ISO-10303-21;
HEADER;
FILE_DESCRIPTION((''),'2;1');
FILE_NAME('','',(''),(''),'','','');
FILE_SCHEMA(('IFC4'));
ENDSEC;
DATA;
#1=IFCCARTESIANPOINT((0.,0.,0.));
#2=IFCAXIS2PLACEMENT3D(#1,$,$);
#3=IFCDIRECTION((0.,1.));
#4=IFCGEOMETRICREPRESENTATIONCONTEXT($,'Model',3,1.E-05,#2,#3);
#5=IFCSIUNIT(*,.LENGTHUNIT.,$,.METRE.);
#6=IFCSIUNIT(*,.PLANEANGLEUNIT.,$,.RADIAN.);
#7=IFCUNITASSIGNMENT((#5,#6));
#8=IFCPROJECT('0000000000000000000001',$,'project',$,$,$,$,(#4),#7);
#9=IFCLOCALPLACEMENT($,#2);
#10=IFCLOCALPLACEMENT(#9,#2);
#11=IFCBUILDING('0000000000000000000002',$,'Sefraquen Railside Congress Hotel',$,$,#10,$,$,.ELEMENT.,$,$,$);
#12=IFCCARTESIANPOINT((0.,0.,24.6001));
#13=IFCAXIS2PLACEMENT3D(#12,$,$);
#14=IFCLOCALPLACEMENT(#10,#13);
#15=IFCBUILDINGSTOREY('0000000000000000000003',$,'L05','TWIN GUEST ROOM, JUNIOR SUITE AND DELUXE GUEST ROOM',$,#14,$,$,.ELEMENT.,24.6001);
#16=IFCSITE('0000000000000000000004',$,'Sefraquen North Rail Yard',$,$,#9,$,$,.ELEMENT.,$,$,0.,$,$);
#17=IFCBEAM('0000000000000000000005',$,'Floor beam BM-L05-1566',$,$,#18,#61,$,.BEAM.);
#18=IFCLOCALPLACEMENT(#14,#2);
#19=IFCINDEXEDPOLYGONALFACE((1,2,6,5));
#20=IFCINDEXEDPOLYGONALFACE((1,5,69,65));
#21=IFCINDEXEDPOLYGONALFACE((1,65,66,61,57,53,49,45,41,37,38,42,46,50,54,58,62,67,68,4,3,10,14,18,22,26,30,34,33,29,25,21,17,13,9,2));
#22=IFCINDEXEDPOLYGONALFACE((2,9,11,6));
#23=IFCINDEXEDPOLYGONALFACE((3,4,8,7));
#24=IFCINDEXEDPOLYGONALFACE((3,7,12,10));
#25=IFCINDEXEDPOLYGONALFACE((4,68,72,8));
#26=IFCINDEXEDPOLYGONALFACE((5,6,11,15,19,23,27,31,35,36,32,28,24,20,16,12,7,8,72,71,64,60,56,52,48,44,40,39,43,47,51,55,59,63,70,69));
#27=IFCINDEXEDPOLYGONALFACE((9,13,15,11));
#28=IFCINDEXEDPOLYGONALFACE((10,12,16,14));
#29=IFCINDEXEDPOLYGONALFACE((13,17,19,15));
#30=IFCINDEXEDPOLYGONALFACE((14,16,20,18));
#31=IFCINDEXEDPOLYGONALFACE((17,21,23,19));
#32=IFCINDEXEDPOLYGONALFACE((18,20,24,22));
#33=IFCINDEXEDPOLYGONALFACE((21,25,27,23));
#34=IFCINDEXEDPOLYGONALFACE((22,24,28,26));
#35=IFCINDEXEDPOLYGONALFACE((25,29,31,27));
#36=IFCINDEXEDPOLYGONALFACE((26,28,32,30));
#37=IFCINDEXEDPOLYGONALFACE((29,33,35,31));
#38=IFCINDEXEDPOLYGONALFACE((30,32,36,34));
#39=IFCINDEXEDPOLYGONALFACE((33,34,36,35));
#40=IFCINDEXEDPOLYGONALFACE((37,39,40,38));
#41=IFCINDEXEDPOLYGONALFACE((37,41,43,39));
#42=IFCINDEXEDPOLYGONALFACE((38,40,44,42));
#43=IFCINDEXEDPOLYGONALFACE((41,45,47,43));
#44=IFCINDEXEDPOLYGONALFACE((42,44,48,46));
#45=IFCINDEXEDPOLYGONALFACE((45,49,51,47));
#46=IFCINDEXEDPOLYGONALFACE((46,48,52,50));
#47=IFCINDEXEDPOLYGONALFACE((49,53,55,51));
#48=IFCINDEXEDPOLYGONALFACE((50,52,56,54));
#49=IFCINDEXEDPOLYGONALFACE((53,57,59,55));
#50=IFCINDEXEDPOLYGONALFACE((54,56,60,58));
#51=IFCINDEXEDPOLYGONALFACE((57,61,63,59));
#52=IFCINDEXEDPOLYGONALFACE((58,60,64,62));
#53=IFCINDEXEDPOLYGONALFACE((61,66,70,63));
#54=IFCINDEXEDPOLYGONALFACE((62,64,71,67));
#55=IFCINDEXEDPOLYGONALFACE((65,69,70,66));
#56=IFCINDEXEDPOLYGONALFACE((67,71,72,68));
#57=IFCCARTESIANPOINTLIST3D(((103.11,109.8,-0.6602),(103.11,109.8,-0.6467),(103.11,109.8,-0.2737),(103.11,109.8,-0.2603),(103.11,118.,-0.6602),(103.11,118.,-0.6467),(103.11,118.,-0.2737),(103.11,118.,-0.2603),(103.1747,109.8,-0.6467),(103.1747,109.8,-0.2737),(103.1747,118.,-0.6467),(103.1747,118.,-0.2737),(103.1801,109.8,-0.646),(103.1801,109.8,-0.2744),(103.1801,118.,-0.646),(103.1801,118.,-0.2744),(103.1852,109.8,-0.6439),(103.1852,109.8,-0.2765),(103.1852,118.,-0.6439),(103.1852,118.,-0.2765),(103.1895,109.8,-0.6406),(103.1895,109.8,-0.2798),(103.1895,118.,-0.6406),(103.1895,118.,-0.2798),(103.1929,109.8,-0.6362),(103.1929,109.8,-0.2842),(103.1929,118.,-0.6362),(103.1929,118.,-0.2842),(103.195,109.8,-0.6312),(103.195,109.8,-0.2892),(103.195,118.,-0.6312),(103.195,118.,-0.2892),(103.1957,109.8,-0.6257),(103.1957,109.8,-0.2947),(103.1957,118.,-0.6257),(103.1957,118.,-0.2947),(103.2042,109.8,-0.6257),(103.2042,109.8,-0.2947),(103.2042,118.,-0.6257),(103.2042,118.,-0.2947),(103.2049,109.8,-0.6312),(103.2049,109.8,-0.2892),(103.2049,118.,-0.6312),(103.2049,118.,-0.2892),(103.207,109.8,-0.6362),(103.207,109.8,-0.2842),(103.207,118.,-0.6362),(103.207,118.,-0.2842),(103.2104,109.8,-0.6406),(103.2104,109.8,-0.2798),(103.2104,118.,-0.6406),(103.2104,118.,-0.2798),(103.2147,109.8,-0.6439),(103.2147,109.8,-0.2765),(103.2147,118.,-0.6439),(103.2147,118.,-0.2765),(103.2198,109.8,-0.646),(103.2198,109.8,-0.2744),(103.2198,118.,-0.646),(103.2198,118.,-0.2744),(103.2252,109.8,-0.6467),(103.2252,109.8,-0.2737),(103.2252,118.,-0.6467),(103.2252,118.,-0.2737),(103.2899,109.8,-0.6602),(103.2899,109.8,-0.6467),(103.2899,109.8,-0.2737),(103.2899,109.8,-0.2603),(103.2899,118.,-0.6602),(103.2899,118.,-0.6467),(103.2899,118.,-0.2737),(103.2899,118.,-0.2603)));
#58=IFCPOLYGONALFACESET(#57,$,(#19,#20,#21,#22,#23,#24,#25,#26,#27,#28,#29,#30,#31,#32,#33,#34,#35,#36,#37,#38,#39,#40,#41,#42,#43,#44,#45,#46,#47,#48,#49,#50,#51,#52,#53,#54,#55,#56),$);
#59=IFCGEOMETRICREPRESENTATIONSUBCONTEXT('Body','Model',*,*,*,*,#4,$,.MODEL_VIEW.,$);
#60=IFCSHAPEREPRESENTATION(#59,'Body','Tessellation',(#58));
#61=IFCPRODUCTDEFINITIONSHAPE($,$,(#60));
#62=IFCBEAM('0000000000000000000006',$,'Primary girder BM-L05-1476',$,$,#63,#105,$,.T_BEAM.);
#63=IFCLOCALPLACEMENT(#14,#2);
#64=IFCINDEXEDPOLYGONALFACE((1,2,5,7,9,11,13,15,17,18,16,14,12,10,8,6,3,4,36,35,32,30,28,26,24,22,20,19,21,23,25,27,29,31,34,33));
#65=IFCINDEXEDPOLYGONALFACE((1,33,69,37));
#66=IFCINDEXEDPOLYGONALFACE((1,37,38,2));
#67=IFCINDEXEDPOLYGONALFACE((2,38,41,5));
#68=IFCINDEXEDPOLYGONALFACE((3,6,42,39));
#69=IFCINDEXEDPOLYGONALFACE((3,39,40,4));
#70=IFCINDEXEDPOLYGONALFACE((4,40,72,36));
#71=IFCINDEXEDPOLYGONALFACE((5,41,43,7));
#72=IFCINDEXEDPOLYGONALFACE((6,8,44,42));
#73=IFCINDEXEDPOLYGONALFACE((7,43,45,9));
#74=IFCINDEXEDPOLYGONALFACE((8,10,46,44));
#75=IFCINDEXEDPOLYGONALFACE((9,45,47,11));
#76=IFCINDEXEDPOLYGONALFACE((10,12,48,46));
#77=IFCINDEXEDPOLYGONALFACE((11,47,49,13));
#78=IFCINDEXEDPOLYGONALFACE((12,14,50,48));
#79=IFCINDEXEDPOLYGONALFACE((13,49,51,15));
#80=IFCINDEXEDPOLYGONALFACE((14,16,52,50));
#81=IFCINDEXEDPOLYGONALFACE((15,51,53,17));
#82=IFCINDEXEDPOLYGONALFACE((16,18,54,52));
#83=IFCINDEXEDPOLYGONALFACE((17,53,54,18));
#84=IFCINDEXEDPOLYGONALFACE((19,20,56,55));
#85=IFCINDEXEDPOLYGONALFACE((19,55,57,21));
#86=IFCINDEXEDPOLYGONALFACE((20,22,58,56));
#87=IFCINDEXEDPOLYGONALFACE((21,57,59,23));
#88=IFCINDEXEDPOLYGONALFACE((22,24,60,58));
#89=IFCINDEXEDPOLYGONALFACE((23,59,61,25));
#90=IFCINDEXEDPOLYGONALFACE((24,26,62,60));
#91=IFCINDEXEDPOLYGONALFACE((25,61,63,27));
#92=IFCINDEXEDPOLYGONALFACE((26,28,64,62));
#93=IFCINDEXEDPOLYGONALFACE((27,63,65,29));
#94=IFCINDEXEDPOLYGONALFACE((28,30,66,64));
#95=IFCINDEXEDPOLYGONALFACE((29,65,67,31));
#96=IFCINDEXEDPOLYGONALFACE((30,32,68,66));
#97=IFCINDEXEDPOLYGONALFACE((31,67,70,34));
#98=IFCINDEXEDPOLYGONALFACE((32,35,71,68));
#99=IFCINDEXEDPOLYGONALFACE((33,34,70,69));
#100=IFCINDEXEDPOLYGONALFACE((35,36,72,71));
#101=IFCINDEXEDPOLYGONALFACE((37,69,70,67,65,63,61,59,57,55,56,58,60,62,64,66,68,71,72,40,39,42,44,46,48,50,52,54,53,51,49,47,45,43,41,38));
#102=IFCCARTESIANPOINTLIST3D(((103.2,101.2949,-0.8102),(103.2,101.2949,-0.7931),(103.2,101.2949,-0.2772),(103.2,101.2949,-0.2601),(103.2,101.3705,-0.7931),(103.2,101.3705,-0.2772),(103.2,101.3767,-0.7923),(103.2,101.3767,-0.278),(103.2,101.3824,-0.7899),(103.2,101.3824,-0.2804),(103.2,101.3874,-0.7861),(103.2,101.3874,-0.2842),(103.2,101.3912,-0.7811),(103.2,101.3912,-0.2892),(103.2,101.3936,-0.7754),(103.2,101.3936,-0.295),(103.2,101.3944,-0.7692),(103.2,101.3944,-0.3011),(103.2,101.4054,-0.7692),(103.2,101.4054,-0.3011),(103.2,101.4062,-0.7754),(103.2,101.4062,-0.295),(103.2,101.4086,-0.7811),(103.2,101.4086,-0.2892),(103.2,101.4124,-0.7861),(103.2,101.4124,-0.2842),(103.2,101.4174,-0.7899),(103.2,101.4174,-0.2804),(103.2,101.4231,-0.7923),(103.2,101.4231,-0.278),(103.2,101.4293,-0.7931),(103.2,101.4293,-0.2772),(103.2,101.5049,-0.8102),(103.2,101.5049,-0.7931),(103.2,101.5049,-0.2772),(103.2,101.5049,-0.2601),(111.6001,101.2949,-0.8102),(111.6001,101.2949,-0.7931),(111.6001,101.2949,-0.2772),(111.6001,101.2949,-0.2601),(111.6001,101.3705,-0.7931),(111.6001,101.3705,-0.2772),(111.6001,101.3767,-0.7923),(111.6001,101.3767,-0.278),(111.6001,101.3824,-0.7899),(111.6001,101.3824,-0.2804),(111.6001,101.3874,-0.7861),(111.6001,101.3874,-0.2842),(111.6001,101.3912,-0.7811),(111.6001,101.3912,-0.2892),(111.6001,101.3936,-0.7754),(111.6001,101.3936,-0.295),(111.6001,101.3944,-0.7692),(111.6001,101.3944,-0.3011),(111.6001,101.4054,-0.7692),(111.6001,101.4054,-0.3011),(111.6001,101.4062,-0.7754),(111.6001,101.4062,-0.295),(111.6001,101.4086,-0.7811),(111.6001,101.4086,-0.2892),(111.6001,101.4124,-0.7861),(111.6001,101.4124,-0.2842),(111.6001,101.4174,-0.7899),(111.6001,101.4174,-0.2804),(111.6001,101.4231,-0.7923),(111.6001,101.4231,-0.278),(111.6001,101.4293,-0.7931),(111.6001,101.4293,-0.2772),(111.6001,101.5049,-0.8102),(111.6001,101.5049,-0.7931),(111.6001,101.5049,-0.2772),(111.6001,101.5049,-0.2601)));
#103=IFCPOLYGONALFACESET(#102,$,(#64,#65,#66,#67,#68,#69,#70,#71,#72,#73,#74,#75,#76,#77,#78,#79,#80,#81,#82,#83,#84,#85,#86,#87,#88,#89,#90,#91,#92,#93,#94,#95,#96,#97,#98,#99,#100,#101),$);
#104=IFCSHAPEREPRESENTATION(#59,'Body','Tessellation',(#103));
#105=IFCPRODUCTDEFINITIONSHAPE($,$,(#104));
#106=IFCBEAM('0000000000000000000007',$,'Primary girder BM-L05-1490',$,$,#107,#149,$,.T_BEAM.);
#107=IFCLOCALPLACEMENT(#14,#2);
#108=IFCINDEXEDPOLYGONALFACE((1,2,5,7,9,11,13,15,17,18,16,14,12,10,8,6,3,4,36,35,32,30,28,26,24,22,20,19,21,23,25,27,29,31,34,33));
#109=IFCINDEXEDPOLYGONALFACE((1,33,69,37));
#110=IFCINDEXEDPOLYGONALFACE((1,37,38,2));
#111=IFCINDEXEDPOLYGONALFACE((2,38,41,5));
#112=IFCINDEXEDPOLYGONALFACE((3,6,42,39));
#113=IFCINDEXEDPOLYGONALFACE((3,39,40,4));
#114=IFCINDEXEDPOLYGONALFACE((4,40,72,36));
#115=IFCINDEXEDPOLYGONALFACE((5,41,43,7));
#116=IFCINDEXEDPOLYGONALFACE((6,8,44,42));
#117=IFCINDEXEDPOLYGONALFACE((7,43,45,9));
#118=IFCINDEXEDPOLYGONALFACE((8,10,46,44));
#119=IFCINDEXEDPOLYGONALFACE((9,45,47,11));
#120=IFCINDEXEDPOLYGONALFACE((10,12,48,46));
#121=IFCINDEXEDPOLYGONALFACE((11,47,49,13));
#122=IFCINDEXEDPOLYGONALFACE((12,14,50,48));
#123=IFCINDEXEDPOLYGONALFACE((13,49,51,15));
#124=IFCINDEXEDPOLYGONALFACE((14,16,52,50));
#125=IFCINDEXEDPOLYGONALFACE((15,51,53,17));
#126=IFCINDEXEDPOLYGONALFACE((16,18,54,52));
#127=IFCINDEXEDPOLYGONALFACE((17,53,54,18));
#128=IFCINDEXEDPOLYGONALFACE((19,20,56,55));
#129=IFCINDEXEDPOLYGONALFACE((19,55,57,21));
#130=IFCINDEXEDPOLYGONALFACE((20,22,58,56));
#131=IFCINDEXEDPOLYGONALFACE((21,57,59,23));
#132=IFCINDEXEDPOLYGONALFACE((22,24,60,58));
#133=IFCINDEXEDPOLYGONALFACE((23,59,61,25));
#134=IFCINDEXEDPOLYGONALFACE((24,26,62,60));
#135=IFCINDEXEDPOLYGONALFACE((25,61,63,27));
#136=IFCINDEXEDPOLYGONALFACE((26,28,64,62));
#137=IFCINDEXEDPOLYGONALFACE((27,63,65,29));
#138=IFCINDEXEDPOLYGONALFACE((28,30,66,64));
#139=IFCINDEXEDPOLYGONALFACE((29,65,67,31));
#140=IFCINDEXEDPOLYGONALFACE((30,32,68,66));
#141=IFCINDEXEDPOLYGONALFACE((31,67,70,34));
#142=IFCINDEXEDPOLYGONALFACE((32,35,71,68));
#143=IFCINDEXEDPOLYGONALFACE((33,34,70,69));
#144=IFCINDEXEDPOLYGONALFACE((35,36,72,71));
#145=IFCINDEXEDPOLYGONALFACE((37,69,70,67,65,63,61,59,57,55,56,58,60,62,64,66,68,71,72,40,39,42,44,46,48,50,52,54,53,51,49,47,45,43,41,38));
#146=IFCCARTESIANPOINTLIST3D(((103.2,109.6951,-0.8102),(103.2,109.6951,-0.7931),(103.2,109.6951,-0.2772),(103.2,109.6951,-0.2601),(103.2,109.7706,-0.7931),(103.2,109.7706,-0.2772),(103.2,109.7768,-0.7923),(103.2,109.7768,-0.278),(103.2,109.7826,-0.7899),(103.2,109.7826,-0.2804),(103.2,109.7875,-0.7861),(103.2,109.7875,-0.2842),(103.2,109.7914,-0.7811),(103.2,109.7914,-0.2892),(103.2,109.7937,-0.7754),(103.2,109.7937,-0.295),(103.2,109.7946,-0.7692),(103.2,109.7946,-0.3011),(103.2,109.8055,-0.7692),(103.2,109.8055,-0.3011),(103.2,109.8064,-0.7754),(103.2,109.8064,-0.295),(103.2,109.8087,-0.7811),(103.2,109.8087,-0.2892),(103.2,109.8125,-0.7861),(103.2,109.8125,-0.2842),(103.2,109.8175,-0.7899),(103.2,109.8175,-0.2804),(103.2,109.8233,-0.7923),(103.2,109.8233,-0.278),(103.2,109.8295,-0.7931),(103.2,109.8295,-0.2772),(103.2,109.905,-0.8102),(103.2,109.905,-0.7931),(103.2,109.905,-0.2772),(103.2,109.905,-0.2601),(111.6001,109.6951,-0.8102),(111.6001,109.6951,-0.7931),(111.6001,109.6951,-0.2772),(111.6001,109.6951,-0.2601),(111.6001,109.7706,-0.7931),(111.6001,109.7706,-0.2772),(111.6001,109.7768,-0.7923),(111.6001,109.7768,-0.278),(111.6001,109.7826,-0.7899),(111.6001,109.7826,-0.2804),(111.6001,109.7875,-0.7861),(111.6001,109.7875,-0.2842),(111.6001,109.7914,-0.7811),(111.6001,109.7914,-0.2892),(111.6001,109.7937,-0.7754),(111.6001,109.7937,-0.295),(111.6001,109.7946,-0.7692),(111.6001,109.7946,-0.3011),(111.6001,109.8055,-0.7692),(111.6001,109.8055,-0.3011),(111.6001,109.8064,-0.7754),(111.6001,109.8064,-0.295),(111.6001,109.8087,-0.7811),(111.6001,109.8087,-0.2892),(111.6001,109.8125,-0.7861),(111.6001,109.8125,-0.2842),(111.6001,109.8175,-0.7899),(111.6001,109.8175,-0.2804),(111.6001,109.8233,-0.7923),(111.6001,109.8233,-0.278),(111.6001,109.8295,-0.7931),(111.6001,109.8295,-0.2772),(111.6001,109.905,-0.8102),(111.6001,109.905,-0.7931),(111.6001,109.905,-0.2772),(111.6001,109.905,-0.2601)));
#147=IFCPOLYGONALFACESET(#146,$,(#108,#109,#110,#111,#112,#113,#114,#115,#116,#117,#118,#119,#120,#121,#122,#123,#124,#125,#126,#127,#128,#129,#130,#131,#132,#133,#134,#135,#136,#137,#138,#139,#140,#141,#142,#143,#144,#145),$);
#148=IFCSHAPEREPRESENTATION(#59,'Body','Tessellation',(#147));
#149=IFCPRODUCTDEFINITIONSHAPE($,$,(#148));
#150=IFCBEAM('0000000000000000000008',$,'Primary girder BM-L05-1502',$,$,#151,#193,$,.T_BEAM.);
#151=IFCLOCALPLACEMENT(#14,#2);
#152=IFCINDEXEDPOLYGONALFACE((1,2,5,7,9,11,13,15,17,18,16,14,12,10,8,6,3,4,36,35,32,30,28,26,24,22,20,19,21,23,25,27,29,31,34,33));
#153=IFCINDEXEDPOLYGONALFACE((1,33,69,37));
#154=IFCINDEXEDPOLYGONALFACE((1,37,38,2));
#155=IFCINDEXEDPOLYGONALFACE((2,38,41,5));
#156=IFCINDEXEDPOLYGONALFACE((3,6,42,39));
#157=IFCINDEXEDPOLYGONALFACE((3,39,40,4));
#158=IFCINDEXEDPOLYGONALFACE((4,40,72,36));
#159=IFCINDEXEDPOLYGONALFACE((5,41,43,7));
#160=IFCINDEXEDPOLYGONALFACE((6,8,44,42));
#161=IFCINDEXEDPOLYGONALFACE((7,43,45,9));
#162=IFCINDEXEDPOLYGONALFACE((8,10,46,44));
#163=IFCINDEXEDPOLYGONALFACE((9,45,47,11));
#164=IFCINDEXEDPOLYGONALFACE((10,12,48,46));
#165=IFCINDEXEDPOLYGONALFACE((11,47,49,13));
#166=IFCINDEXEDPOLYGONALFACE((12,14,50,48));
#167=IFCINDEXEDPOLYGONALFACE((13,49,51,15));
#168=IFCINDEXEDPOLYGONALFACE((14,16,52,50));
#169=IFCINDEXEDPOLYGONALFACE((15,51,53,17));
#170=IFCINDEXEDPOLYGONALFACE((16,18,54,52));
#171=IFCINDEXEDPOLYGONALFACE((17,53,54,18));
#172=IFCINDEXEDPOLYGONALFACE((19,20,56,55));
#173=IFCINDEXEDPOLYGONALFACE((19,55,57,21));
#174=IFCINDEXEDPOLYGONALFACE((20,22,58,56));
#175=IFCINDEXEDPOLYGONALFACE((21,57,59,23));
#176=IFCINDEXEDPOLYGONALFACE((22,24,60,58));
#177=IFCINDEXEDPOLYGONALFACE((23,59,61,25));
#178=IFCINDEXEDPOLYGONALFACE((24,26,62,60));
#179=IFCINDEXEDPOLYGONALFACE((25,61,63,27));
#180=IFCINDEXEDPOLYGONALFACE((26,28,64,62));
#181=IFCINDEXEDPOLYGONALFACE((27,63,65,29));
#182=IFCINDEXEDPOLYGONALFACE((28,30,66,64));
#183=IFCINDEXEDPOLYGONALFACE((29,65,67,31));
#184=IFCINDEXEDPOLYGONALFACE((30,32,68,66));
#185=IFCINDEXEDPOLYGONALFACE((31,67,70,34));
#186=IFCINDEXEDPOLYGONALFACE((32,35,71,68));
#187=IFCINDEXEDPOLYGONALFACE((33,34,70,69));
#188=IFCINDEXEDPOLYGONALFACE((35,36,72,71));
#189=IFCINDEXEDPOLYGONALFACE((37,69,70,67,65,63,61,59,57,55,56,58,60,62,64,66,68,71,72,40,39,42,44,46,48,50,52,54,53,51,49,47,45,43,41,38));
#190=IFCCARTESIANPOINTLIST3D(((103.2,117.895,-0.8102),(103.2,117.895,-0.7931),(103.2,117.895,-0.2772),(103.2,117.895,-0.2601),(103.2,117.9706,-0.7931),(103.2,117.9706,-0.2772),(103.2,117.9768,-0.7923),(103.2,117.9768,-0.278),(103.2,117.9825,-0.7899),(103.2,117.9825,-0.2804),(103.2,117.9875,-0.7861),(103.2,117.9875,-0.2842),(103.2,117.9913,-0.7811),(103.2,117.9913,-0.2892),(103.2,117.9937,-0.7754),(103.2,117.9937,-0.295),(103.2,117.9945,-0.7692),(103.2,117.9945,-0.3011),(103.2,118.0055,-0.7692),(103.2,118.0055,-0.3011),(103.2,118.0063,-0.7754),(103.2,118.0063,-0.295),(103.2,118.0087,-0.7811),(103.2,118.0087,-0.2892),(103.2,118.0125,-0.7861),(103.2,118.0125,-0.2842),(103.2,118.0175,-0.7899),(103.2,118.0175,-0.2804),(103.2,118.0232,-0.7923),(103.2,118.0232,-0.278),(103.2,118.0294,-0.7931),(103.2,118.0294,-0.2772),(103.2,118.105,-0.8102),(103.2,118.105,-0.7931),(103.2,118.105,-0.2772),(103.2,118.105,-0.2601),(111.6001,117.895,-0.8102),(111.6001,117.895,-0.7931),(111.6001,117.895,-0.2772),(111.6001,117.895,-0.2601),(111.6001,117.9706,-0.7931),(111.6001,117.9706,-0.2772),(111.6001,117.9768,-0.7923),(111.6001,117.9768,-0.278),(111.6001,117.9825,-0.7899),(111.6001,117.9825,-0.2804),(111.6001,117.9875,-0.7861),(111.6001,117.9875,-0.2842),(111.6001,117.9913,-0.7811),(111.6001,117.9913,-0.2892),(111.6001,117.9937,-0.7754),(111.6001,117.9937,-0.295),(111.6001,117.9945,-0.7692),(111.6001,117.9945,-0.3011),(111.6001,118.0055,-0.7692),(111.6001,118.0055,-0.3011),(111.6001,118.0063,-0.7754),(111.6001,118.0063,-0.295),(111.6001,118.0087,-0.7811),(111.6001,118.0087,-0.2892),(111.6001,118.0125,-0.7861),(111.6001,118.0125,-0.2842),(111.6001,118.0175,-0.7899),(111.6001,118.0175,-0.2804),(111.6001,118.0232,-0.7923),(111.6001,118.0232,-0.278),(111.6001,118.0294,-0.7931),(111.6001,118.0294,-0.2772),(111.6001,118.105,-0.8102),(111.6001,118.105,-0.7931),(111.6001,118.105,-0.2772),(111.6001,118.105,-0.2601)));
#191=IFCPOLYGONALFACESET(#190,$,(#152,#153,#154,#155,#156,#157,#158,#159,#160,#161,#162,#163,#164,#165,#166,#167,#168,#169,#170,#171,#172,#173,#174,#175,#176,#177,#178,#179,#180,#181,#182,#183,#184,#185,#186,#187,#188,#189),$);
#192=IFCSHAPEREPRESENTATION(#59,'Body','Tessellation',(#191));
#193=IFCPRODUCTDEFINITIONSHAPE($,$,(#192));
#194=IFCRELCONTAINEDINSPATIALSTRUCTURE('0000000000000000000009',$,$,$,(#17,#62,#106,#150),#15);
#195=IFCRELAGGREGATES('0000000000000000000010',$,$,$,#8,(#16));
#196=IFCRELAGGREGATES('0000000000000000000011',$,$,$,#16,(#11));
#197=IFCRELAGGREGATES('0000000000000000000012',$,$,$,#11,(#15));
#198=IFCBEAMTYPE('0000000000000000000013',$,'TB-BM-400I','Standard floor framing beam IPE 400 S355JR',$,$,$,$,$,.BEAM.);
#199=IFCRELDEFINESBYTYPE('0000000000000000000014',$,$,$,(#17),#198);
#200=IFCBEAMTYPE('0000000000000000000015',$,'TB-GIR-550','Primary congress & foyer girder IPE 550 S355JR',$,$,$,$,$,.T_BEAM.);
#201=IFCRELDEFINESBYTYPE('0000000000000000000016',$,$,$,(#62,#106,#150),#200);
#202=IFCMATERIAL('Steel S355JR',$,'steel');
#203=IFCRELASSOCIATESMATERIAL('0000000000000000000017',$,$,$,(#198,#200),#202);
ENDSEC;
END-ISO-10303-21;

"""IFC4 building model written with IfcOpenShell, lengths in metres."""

from ifc_helpers import new_model, si_unit, direction, frame, origin, origin_2d, place, context, subcontext, project, spatial, i_section, extrude, material, material_profile, profile_set, type_object, element, save


model = new_model("IFC4")

# Units and contexts
model_context = context("Model", 3, precision=1e-05, world=origin(), true_north=direction((0.0, 1.0)))
body_context = subcontext(model_context, "Body", "Model", "MODEL_VIEW")
ifc_project = project(units=[si_unit("LENGTHUNIT", "METRE"), si_unit("PLANEANGLEUNIT", "RADIAN")], contexts=[model_context])

# Site, building, storey
site_placement = place(None, origin())
site = spatial("IfcSite", under=ifc_project, at=site_placement, Name="Sefraquen North Rail Yard", CompositionType="ELEMENT", RefElevation=0.0)
building_placement = place(site_placement, origin())
building = spatial("IfcBuilding", under=site, at=building_placement, Name="Sefraquen Railside Congress Hotel", CompositionType="ELEMENT")
storey_placement = place(building_placement, frame((0.0, 0.0, 24.6001)))
storey = spatial("IfcBuildingStorey", under=building, at=storey_placement, Name="L05", Description="TWIN GUEST ROOM, JUNIOR SUITE AND DELUXE GUEST ROOM", CompositionType="ELEMENT", Elevation=24.6001)

# Shared definitions
ifc_material_1 = material(Name="Steel S355JR", Category="steel")

# Beams
ifc_material_profile_1 = material_profile(ifc_material_1, i_section(OverallWidth=0.1799, OverallDepth=0.3999, WebThickness=0.0085, FlangeThickness=0.0134, FilletRadius=0.021, at=origin_2d()), Name="IPE 400")
ifc_profile_set_1 = profile_set([ifc_material_profile_1], Name="Steel S355JR")
beam_type_1 = type_object("IfcBeamType", Name="TB-BM-400I", Description="Standard floor framing beam IPE 400 S355JR", PredefinedType="BEAM", material=ifc_profile_set_1)
beam_1_placement = place(storey_placement, frame((103.2, 109.8, -0.4602), z_axis=(0.0, 1.0, 0.0), x_axis=(-1.0, 0.0, 0.0)))
element("IfcBeam", 1, at=beam_1_placement, inside=storey, type_object=beam_type_1, Name="Floor beam BM-L05-1566", PredefinedType="BEAM", context=body_context, shape_type="SweptSolid", body=[
    extrude(i_section(OverallWidth=0.1799, OverallDepth=0.3999, WebThickness=0.0085, FlangeThickness=0.0134, FilletRadius=0.021, at=origin_2d()), origin(), (0.0, 0.0, 1.0), 8.2),
])
ifc_material_profile_2 = material_profile(ifc_material_1, i_section(OverallWidth=0.21, OverallDepth=0.55, WebThickness=0.011, FlangeThickness=0.0171, FilletRadius=0.0239, at=origin_2d()), Name="IPE 550")
ifc_profile_set_2 = profile_set([ifc_material_profile_2], Name="Steel S355JR")
beam_type_2 = type_object("IfcBeamType", Name="TB-GIR-550", Description="Primary congress & foyer girder IPE 550 S355JR", PredefinedType="T_BEAM", material=ifc_profile_set_2)
for number, where, z_axis, x_axis, name in (
    (2, (103.2, 101.3999, -0.5352), (1.0, 0.0, 0.0), (0.0, 1.0, 0.0), "Primary girder BM-L05-1476"),
    (3, (103.2, 109.8, -0.5352), (1.0, 0.0, 0.0), (0.0, 1.0, 0.0), "Primary girder BM-L05-1490"),
    (4, (103.2, 118.0, -0.5352), (1.0, 0.0, 0.0), (0.0, 1.0, 0.0), "Primary girder BM-L05-1502"),
):
    element("IfcBeam", number, at=place(storey_placement, frame(where, z_axis=z_axis, x_axis=x_axis)), inside=storey, type_object=beam_type_2, Name=name, PredefinedType="T_BEAM", context=body_context, shape_type="SweptSolid", body=[
        extrude(i_section(OverallWidth=0.21, OverallDepth=0.55, WebThickness=0.011, FlangeThickness=0.0171, FilletRadius=0.0239, at=origin_2d()), origin(), (0.0, 0.0, 1.0), 8.4001),
    ])

save(model, "model.ifc")
